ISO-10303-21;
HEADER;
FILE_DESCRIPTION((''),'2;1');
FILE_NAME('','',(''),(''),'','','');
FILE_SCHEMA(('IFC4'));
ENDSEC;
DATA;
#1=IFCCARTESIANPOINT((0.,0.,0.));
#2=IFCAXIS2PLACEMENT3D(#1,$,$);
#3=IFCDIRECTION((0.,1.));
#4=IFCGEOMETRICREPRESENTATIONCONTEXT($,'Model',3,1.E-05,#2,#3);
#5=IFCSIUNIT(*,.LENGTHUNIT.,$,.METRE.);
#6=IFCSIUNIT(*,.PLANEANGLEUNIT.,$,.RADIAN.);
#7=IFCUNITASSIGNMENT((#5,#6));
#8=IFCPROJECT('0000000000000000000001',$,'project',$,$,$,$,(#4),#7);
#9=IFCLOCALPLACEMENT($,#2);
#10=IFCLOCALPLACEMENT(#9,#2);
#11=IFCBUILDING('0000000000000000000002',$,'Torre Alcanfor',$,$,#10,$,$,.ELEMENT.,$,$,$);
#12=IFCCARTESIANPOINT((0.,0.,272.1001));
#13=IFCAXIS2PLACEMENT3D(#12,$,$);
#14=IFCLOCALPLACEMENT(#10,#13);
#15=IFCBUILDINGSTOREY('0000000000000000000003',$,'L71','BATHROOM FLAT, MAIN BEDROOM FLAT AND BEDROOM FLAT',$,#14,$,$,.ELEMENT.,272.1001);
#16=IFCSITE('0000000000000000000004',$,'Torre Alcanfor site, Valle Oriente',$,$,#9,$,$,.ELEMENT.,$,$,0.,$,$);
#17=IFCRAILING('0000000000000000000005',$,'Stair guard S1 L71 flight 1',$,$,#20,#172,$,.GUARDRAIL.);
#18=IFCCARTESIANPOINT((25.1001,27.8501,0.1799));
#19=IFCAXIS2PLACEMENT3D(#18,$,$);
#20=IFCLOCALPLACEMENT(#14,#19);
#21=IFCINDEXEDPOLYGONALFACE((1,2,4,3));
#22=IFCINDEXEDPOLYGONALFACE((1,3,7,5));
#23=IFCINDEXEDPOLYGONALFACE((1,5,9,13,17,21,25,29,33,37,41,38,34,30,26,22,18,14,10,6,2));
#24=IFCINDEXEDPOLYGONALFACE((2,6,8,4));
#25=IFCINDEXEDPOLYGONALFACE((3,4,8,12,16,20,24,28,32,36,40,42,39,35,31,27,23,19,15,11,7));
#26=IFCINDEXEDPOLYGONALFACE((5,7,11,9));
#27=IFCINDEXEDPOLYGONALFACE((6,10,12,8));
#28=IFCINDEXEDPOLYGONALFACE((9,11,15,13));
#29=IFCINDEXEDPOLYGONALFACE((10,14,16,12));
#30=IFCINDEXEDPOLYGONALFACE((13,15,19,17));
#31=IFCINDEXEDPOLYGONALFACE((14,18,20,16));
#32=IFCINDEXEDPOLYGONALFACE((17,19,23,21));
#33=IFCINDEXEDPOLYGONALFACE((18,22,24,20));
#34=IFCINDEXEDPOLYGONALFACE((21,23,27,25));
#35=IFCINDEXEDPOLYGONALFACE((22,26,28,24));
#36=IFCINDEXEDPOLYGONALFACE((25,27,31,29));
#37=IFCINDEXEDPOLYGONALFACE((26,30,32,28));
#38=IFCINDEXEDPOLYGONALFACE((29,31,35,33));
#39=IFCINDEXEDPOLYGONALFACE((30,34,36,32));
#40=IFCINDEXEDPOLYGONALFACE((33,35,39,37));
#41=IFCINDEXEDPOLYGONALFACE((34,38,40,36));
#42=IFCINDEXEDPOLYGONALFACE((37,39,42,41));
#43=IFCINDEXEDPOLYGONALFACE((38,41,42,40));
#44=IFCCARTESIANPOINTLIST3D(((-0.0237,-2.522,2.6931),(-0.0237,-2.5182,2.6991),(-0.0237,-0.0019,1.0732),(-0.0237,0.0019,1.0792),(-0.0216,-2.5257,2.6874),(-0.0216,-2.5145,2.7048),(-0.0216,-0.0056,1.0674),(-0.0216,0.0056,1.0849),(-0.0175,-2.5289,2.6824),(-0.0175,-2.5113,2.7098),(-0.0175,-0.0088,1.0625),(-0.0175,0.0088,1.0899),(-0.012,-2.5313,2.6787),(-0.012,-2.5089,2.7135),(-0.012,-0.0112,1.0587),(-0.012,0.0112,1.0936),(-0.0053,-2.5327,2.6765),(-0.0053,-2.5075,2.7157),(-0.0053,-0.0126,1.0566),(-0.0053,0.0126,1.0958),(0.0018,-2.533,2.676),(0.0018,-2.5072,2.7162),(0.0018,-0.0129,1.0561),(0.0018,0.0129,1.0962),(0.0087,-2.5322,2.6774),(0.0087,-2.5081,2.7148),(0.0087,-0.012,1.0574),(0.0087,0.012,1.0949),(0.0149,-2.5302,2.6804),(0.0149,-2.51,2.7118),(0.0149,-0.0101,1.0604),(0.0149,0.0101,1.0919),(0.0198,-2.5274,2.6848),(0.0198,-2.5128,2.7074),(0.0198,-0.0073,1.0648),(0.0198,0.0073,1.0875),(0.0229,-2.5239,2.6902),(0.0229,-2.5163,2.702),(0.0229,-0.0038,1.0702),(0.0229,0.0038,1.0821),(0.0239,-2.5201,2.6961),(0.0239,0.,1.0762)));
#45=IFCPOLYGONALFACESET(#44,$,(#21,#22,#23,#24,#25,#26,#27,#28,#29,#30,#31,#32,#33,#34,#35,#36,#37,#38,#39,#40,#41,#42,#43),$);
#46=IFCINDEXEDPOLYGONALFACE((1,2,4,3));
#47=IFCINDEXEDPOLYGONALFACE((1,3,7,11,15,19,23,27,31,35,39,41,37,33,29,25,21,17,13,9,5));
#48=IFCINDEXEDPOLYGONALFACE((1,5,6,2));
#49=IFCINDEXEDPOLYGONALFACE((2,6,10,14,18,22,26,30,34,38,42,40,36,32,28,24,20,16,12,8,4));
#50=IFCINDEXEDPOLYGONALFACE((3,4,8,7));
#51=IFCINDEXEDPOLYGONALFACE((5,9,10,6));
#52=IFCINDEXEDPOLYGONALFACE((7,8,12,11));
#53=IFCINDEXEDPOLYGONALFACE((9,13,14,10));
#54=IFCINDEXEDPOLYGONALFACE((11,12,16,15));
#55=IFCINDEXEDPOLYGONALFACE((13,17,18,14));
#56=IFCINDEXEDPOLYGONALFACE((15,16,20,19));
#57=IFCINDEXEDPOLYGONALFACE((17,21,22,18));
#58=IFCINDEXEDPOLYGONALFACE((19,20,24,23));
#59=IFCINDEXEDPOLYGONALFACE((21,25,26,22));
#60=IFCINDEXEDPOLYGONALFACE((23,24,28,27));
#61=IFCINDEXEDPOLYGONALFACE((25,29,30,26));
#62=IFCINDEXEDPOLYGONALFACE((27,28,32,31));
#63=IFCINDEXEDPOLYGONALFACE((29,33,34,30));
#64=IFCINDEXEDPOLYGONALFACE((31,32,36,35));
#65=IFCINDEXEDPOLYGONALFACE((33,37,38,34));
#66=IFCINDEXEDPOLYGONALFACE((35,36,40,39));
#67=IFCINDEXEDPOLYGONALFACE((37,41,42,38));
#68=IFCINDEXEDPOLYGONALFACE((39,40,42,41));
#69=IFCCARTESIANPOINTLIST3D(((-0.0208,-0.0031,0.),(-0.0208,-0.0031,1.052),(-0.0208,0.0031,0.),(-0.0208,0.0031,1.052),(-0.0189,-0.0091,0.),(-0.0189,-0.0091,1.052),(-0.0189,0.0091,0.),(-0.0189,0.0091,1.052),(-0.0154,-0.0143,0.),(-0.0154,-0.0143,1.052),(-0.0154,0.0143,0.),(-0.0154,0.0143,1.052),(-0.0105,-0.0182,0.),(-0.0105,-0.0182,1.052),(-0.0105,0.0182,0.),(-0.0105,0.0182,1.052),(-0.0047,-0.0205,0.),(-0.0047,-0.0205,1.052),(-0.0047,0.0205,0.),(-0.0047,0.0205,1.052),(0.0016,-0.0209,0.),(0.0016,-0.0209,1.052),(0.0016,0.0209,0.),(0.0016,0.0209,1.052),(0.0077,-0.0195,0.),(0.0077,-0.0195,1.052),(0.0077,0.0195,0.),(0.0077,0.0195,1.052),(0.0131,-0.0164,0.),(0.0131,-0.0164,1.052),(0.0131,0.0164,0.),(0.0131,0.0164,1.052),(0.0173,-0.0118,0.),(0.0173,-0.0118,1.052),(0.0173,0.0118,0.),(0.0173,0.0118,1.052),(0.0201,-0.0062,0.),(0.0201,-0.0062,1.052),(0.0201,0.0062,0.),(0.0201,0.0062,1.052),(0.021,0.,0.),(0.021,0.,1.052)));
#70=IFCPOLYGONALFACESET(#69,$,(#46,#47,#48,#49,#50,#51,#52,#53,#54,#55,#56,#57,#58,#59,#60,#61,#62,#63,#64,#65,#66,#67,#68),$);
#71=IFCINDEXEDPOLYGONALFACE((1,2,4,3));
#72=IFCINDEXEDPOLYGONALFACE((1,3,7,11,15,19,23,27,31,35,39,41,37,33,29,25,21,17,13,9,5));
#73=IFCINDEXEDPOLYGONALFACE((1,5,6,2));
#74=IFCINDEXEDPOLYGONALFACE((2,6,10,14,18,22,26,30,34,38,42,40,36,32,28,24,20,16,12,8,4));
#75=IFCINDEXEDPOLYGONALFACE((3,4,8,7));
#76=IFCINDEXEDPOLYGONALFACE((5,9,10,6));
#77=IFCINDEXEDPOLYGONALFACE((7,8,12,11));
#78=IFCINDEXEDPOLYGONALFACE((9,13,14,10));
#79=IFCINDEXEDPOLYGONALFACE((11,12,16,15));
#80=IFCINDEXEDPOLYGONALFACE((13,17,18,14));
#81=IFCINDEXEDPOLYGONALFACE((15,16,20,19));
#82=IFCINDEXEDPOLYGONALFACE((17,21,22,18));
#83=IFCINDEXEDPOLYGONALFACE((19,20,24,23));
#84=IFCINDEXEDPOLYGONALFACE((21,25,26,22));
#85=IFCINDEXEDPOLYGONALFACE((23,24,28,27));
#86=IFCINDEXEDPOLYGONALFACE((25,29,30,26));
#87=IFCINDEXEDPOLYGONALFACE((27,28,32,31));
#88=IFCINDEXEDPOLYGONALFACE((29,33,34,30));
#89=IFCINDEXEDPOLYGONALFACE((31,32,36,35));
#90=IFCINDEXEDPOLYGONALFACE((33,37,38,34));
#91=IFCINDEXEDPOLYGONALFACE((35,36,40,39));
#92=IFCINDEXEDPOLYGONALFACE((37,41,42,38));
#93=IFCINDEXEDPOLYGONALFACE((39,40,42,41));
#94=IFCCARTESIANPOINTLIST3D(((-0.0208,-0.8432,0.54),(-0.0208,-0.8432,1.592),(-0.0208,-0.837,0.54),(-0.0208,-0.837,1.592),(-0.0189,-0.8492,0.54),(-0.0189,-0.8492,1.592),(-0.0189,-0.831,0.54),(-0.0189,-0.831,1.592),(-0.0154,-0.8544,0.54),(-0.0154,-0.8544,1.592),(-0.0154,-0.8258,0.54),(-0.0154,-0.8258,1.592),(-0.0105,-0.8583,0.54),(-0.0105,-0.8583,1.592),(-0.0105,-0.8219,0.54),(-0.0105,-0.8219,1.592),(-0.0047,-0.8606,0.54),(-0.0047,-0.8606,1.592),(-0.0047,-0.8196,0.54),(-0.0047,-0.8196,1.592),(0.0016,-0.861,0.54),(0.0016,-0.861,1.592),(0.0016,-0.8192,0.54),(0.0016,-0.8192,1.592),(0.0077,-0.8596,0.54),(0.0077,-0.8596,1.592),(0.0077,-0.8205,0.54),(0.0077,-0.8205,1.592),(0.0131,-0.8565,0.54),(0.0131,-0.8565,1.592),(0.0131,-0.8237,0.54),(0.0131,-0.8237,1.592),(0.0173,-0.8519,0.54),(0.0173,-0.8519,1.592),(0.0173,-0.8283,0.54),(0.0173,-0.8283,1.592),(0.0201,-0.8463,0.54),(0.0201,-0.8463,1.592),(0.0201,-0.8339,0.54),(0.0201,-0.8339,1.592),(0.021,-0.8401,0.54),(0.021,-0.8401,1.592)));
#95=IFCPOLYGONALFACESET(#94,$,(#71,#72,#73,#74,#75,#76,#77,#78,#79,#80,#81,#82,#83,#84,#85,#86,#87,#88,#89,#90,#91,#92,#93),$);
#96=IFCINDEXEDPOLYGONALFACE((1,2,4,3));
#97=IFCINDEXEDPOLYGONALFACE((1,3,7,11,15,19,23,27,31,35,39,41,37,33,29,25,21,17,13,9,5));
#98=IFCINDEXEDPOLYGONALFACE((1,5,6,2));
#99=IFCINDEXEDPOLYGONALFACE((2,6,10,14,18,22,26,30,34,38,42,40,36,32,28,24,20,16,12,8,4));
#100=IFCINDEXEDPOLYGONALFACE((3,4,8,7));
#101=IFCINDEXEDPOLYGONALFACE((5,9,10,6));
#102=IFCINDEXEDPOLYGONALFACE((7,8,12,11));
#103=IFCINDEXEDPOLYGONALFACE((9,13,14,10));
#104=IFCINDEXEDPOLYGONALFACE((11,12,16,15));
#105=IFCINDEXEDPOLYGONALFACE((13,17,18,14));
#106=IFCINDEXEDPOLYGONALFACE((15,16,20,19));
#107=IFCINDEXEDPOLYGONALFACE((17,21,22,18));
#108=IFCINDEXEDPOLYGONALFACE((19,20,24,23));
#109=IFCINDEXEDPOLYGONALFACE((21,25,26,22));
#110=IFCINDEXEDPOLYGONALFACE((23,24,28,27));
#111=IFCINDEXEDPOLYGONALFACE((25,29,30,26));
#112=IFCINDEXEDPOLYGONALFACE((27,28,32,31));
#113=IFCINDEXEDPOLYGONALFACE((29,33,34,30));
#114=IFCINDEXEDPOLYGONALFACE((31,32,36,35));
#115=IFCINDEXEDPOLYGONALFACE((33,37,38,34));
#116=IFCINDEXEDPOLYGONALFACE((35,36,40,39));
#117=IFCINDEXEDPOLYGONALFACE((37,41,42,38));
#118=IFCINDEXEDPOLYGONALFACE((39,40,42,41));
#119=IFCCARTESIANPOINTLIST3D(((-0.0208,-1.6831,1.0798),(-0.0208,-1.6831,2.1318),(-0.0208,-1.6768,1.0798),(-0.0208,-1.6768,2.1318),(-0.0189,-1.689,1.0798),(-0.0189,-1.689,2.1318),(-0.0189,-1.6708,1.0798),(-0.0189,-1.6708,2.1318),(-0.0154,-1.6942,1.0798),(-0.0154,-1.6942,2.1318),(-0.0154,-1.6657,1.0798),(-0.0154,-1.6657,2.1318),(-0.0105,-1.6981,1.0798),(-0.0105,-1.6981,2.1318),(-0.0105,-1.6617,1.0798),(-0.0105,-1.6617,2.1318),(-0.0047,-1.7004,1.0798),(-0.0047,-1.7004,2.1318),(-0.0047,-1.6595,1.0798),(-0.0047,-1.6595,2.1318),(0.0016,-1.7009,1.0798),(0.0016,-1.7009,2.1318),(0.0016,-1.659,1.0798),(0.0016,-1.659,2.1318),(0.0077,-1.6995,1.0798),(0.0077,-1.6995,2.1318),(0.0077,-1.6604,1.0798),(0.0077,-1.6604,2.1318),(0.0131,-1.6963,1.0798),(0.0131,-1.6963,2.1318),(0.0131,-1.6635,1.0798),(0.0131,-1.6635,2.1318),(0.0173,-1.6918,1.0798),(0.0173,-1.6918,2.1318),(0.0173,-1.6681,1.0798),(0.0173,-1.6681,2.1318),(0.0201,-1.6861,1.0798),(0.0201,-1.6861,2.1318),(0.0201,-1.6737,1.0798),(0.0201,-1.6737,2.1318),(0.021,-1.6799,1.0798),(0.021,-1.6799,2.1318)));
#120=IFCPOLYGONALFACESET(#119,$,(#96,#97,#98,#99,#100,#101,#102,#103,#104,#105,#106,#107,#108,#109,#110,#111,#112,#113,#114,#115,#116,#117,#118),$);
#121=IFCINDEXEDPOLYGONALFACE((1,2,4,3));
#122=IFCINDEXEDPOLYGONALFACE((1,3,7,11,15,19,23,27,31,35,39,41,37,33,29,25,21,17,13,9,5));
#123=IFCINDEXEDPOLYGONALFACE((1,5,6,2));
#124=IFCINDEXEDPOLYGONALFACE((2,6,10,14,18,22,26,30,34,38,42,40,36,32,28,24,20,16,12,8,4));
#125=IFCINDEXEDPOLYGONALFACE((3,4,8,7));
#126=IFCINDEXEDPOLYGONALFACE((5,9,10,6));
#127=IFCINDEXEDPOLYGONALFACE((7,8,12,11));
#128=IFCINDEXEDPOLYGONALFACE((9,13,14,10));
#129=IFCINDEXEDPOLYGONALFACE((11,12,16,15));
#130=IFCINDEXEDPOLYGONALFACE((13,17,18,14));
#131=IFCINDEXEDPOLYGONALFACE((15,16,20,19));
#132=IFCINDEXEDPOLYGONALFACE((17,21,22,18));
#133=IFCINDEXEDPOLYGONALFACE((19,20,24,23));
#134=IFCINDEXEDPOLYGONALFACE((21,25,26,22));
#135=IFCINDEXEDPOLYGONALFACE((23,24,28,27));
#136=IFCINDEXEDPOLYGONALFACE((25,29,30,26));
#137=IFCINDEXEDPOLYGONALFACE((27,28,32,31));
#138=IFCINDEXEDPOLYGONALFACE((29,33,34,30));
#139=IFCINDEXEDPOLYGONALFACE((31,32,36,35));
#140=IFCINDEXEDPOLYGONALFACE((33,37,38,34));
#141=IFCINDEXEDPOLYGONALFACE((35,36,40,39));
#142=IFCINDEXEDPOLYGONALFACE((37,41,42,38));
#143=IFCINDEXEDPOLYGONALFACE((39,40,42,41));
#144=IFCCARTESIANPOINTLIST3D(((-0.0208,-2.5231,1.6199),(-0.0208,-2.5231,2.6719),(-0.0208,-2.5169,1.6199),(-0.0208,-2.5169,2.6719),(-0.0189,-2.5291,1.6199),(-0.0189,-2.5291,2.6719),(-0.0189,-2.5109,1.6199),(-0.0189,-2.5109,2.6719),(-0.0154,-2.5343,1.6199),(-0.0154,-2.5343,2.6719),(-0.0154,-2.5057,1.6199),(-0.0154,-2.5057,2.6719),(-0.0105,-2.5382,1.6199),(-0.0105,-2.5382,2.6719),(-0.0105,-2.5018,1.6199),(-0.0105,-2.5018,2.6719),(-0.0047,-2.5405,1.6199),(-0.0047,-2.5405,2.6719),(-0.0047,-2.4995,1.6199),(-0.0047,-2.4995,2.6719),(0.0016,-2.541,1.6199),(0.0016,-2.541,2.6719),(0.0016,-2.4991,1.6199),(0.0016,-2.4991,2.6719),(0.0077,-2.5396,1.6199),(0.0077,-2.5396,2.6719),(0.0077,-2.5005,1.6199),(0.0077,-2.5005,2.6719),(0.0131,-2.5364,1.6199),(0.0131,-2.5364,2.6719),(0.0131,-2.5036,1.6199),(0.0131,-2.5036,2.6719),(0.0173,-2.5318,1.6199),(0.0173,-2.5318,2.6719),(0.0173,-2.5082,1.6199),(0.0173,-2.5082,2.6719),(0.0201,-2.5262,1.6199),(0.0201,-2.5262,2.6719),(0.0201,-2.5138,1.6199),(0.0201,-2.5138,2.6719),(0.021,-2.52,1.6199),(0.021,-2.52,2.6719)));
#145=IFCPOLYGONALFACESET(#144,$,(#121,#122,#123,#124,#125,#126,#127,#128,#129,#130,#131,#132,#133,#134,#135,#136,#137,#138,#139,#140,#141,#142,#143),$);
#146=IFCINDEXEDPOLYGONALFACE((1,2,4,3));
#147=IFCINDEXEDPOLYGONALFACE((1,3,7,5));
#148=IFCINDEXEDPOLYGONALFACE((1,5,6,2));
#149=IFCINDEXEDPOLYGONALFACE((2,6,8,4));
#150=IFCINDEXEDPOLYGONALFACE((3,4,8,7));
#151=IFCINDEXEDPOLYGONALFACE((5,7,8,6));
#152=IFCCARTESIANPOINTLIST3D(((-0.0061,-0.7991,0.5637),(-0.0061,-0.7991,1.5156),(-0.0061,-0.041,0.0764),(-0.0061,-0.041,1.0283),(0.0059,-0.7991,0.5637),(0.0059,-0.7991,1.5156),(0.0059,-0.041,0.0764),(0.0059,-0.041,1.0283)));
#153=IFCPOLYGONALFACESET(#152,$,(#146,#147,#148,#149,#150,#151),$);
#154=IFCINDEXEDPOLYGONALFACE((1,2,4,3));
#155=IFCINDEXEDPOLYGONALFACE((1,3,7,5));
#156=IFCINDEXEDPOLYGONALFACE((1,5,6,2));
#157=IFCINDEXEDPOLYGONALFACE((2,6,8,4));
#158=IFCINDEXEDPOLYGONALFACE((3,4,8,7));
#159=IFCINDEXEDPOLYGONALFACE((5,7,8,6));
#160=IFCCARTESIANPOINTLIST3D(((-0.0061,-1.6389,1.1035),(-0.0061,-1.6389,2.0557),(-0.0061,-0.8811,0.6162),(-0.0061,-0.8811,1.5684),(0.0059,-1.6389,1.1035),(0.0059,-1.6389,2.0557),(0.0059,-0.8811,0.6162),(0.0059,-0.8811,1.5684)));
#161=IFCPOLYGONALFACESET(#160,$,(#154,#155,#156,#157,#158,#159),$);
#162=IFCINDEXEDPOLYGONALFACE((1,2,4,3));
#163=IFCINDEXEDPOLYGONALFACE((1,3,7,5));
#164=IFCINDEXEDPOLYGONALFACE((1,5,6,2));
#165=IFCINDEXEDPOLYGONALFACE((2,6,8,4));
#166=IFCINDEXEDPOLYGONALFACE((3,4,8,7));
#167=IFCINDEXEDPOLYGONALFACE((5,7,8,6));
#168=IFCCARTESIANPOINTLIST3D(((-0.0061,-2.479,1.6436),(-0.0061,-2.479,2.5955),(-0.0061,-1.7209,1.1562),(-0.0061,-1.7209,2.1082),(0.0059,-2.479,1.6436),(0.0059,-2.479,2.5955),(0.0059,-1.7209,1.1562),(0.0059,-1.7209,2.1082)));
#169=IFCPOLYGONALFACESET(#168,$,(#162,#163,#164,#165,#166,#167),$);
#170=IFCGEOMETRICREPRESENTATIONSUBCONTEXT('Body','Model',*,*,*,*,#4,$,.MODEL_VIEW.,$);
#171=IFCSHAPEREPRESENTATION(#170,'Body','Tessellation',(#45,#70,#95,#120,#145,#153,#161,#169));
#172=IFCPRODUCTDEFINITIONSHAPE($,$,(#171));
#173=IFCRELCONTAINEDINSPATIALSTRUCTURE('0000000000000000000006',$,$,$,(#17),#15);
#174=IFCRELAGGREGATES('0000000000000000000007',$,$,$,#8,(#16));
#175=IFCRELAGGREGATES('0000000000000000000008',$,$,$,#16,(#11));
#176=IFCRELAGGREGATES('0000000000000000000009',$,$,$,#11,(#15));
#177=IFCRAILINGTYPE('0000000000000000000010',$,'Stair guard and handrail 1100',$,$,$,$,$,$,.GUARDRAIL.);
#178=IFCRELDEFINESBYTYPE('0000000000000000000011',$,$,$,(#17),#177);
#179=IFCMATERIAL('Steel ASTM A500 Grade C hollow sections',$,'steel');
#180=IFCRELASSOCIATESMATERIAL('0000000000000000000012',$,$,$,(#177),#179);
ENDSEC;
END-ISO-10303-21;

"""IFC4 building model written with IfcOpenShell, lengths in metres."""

from ifc_helpers import new_model, si_unit, direction, frame, origin, origin_2d, place, context, subcontext, project, spatial, polyline, circle, outline, extrude, material, type_object, element, save


model = new_model("IFC4")

# Units and contexts
model_context = context("Model", 3, precision=1e-05, world=origin(), true_north=direction((0.0, 1.0)))
body_context = subcontext(model_context, "Body", "Model", "MODEL_VIEW")
ifc_project = project(units=[si_unit("LENGTHUNIT", "METRE"), si_unit("PLANEANGLEUNIT", "RADIAN")], contexts=[model_context])

# Site, building, storey
site_placement = place(None, origin())
site = spatial("IfcSite", under=ifc_project, at=site_placement, Name="Torre Alcanfor site, Valle Oriente", CompositionType="ELEMENT", RefElevation=0.0)
building_placement = place(site_placement, origin())
building = spatial("IfcBuilding", under=site, at=building_placement, Name="Torre Alcanfor", CompositionType="ELEMENT")
storey_placement = place(building_placement, frame((0.0, 0.0, 272.1001)))
storey = spatial("IfcBuildingStorey", under=building, at=storey_placement, Name="L71", Description="BATHROOM FLAT, MAIN BEDROOM FLAT AND BEDROOM FLAT", CompositionType="ELEMENT", Elevation=272.1001)

# Railing
ifc_material_1 = material(Name="Steel ASTM A500 Grade C hollow sections", Category="steel")
railing_type_1 = type_object("IfcRailingType", Name="Stair guard and handrail 1100", PredefinedType="GUARDRAIL", material=ifc_material_1)
railing_1_placement = place(storey_placement, frame((25.1001, 27.8501, 0.1799)))
element("IfcRailing", 1, at=railing_1_placement, inside=storey, type_object=railing_type_1, Name="Stair guard S1 L71 flight 1", PredefinedType="GUARDRAIL", context=body_context, shape_type="SweptSolid", body=[
    extrude(circle(Radius=0.0239, at=origin_2d()), frame((0.0, 0.0, 1.0762), z_axis=(0.0, -0.8412, 0.540725), x_axis=(1.0, 0.0, 0.0)), (0.0, 0.0, 1.0), 2.9958),
    extrude(circle(Radius=0.021, at=origin_2d()), origin(), (0.0, 0.0, 1.0), 1.052),
    extrude(circle(Radius=0.021, at=origin_2d()), frame((0.0, -0.8401, 0.54)), (0.0, 0.0, 1.0), 1.052),
    extrude(circle(Radius=0.021, at=origin_2d()), frame((0.0, -1.6799, 1.0798)), (0.0, 0.0, 1.0), 1.052),
    extrude(circle(Radius=0.021, at=origin_2d()), frame((0.0, -2.52, 1.6199)), (0.0, 0.0, 1.0), 1.052),
    extrude(outline(polyline([(0.041, 0.0764), (0.7991, 0.5637), (0.7991, 1.5156), (0.041, 1.0283), (0.041, 0.0764)])), frame((0.0059, 0.0, 0.0), z_axis=(-1.0, 0.0, 0.0), x_axis=(0.0, -1.0, 0.0)), (0.0, 0.0, 1.0), 0.012),
    extrude(outline(polyline([(0.8811, 0.6162), (1.6389, 1.1035), (1.6389, 2.0557), (0.8811, 1.5684), (0.8811, 0.6162)])), frame((0.0059, 0.0, 0.0), z_axis=(-1.0, 0.0, 0.0), x_axis=(0.0, -1.0, 0.0)), (0.0, 0.0, 1.0), 0.012),
    extrude(outline(polyline([(1.7209, 1.1562), (2.479, 1.6436), (2.479, 2.5955), (1.7209, 2.1082), (1.7209, 1.1562)])), frame((0.0059, 0.0, 0.0), z_axis=(-1.0, 0.0, 0.0), x_axis=(0.0, -1.0, 0.0)), (0.0, 0.0, 1.0), 0.012),
])

save(model, "model.ifc")
